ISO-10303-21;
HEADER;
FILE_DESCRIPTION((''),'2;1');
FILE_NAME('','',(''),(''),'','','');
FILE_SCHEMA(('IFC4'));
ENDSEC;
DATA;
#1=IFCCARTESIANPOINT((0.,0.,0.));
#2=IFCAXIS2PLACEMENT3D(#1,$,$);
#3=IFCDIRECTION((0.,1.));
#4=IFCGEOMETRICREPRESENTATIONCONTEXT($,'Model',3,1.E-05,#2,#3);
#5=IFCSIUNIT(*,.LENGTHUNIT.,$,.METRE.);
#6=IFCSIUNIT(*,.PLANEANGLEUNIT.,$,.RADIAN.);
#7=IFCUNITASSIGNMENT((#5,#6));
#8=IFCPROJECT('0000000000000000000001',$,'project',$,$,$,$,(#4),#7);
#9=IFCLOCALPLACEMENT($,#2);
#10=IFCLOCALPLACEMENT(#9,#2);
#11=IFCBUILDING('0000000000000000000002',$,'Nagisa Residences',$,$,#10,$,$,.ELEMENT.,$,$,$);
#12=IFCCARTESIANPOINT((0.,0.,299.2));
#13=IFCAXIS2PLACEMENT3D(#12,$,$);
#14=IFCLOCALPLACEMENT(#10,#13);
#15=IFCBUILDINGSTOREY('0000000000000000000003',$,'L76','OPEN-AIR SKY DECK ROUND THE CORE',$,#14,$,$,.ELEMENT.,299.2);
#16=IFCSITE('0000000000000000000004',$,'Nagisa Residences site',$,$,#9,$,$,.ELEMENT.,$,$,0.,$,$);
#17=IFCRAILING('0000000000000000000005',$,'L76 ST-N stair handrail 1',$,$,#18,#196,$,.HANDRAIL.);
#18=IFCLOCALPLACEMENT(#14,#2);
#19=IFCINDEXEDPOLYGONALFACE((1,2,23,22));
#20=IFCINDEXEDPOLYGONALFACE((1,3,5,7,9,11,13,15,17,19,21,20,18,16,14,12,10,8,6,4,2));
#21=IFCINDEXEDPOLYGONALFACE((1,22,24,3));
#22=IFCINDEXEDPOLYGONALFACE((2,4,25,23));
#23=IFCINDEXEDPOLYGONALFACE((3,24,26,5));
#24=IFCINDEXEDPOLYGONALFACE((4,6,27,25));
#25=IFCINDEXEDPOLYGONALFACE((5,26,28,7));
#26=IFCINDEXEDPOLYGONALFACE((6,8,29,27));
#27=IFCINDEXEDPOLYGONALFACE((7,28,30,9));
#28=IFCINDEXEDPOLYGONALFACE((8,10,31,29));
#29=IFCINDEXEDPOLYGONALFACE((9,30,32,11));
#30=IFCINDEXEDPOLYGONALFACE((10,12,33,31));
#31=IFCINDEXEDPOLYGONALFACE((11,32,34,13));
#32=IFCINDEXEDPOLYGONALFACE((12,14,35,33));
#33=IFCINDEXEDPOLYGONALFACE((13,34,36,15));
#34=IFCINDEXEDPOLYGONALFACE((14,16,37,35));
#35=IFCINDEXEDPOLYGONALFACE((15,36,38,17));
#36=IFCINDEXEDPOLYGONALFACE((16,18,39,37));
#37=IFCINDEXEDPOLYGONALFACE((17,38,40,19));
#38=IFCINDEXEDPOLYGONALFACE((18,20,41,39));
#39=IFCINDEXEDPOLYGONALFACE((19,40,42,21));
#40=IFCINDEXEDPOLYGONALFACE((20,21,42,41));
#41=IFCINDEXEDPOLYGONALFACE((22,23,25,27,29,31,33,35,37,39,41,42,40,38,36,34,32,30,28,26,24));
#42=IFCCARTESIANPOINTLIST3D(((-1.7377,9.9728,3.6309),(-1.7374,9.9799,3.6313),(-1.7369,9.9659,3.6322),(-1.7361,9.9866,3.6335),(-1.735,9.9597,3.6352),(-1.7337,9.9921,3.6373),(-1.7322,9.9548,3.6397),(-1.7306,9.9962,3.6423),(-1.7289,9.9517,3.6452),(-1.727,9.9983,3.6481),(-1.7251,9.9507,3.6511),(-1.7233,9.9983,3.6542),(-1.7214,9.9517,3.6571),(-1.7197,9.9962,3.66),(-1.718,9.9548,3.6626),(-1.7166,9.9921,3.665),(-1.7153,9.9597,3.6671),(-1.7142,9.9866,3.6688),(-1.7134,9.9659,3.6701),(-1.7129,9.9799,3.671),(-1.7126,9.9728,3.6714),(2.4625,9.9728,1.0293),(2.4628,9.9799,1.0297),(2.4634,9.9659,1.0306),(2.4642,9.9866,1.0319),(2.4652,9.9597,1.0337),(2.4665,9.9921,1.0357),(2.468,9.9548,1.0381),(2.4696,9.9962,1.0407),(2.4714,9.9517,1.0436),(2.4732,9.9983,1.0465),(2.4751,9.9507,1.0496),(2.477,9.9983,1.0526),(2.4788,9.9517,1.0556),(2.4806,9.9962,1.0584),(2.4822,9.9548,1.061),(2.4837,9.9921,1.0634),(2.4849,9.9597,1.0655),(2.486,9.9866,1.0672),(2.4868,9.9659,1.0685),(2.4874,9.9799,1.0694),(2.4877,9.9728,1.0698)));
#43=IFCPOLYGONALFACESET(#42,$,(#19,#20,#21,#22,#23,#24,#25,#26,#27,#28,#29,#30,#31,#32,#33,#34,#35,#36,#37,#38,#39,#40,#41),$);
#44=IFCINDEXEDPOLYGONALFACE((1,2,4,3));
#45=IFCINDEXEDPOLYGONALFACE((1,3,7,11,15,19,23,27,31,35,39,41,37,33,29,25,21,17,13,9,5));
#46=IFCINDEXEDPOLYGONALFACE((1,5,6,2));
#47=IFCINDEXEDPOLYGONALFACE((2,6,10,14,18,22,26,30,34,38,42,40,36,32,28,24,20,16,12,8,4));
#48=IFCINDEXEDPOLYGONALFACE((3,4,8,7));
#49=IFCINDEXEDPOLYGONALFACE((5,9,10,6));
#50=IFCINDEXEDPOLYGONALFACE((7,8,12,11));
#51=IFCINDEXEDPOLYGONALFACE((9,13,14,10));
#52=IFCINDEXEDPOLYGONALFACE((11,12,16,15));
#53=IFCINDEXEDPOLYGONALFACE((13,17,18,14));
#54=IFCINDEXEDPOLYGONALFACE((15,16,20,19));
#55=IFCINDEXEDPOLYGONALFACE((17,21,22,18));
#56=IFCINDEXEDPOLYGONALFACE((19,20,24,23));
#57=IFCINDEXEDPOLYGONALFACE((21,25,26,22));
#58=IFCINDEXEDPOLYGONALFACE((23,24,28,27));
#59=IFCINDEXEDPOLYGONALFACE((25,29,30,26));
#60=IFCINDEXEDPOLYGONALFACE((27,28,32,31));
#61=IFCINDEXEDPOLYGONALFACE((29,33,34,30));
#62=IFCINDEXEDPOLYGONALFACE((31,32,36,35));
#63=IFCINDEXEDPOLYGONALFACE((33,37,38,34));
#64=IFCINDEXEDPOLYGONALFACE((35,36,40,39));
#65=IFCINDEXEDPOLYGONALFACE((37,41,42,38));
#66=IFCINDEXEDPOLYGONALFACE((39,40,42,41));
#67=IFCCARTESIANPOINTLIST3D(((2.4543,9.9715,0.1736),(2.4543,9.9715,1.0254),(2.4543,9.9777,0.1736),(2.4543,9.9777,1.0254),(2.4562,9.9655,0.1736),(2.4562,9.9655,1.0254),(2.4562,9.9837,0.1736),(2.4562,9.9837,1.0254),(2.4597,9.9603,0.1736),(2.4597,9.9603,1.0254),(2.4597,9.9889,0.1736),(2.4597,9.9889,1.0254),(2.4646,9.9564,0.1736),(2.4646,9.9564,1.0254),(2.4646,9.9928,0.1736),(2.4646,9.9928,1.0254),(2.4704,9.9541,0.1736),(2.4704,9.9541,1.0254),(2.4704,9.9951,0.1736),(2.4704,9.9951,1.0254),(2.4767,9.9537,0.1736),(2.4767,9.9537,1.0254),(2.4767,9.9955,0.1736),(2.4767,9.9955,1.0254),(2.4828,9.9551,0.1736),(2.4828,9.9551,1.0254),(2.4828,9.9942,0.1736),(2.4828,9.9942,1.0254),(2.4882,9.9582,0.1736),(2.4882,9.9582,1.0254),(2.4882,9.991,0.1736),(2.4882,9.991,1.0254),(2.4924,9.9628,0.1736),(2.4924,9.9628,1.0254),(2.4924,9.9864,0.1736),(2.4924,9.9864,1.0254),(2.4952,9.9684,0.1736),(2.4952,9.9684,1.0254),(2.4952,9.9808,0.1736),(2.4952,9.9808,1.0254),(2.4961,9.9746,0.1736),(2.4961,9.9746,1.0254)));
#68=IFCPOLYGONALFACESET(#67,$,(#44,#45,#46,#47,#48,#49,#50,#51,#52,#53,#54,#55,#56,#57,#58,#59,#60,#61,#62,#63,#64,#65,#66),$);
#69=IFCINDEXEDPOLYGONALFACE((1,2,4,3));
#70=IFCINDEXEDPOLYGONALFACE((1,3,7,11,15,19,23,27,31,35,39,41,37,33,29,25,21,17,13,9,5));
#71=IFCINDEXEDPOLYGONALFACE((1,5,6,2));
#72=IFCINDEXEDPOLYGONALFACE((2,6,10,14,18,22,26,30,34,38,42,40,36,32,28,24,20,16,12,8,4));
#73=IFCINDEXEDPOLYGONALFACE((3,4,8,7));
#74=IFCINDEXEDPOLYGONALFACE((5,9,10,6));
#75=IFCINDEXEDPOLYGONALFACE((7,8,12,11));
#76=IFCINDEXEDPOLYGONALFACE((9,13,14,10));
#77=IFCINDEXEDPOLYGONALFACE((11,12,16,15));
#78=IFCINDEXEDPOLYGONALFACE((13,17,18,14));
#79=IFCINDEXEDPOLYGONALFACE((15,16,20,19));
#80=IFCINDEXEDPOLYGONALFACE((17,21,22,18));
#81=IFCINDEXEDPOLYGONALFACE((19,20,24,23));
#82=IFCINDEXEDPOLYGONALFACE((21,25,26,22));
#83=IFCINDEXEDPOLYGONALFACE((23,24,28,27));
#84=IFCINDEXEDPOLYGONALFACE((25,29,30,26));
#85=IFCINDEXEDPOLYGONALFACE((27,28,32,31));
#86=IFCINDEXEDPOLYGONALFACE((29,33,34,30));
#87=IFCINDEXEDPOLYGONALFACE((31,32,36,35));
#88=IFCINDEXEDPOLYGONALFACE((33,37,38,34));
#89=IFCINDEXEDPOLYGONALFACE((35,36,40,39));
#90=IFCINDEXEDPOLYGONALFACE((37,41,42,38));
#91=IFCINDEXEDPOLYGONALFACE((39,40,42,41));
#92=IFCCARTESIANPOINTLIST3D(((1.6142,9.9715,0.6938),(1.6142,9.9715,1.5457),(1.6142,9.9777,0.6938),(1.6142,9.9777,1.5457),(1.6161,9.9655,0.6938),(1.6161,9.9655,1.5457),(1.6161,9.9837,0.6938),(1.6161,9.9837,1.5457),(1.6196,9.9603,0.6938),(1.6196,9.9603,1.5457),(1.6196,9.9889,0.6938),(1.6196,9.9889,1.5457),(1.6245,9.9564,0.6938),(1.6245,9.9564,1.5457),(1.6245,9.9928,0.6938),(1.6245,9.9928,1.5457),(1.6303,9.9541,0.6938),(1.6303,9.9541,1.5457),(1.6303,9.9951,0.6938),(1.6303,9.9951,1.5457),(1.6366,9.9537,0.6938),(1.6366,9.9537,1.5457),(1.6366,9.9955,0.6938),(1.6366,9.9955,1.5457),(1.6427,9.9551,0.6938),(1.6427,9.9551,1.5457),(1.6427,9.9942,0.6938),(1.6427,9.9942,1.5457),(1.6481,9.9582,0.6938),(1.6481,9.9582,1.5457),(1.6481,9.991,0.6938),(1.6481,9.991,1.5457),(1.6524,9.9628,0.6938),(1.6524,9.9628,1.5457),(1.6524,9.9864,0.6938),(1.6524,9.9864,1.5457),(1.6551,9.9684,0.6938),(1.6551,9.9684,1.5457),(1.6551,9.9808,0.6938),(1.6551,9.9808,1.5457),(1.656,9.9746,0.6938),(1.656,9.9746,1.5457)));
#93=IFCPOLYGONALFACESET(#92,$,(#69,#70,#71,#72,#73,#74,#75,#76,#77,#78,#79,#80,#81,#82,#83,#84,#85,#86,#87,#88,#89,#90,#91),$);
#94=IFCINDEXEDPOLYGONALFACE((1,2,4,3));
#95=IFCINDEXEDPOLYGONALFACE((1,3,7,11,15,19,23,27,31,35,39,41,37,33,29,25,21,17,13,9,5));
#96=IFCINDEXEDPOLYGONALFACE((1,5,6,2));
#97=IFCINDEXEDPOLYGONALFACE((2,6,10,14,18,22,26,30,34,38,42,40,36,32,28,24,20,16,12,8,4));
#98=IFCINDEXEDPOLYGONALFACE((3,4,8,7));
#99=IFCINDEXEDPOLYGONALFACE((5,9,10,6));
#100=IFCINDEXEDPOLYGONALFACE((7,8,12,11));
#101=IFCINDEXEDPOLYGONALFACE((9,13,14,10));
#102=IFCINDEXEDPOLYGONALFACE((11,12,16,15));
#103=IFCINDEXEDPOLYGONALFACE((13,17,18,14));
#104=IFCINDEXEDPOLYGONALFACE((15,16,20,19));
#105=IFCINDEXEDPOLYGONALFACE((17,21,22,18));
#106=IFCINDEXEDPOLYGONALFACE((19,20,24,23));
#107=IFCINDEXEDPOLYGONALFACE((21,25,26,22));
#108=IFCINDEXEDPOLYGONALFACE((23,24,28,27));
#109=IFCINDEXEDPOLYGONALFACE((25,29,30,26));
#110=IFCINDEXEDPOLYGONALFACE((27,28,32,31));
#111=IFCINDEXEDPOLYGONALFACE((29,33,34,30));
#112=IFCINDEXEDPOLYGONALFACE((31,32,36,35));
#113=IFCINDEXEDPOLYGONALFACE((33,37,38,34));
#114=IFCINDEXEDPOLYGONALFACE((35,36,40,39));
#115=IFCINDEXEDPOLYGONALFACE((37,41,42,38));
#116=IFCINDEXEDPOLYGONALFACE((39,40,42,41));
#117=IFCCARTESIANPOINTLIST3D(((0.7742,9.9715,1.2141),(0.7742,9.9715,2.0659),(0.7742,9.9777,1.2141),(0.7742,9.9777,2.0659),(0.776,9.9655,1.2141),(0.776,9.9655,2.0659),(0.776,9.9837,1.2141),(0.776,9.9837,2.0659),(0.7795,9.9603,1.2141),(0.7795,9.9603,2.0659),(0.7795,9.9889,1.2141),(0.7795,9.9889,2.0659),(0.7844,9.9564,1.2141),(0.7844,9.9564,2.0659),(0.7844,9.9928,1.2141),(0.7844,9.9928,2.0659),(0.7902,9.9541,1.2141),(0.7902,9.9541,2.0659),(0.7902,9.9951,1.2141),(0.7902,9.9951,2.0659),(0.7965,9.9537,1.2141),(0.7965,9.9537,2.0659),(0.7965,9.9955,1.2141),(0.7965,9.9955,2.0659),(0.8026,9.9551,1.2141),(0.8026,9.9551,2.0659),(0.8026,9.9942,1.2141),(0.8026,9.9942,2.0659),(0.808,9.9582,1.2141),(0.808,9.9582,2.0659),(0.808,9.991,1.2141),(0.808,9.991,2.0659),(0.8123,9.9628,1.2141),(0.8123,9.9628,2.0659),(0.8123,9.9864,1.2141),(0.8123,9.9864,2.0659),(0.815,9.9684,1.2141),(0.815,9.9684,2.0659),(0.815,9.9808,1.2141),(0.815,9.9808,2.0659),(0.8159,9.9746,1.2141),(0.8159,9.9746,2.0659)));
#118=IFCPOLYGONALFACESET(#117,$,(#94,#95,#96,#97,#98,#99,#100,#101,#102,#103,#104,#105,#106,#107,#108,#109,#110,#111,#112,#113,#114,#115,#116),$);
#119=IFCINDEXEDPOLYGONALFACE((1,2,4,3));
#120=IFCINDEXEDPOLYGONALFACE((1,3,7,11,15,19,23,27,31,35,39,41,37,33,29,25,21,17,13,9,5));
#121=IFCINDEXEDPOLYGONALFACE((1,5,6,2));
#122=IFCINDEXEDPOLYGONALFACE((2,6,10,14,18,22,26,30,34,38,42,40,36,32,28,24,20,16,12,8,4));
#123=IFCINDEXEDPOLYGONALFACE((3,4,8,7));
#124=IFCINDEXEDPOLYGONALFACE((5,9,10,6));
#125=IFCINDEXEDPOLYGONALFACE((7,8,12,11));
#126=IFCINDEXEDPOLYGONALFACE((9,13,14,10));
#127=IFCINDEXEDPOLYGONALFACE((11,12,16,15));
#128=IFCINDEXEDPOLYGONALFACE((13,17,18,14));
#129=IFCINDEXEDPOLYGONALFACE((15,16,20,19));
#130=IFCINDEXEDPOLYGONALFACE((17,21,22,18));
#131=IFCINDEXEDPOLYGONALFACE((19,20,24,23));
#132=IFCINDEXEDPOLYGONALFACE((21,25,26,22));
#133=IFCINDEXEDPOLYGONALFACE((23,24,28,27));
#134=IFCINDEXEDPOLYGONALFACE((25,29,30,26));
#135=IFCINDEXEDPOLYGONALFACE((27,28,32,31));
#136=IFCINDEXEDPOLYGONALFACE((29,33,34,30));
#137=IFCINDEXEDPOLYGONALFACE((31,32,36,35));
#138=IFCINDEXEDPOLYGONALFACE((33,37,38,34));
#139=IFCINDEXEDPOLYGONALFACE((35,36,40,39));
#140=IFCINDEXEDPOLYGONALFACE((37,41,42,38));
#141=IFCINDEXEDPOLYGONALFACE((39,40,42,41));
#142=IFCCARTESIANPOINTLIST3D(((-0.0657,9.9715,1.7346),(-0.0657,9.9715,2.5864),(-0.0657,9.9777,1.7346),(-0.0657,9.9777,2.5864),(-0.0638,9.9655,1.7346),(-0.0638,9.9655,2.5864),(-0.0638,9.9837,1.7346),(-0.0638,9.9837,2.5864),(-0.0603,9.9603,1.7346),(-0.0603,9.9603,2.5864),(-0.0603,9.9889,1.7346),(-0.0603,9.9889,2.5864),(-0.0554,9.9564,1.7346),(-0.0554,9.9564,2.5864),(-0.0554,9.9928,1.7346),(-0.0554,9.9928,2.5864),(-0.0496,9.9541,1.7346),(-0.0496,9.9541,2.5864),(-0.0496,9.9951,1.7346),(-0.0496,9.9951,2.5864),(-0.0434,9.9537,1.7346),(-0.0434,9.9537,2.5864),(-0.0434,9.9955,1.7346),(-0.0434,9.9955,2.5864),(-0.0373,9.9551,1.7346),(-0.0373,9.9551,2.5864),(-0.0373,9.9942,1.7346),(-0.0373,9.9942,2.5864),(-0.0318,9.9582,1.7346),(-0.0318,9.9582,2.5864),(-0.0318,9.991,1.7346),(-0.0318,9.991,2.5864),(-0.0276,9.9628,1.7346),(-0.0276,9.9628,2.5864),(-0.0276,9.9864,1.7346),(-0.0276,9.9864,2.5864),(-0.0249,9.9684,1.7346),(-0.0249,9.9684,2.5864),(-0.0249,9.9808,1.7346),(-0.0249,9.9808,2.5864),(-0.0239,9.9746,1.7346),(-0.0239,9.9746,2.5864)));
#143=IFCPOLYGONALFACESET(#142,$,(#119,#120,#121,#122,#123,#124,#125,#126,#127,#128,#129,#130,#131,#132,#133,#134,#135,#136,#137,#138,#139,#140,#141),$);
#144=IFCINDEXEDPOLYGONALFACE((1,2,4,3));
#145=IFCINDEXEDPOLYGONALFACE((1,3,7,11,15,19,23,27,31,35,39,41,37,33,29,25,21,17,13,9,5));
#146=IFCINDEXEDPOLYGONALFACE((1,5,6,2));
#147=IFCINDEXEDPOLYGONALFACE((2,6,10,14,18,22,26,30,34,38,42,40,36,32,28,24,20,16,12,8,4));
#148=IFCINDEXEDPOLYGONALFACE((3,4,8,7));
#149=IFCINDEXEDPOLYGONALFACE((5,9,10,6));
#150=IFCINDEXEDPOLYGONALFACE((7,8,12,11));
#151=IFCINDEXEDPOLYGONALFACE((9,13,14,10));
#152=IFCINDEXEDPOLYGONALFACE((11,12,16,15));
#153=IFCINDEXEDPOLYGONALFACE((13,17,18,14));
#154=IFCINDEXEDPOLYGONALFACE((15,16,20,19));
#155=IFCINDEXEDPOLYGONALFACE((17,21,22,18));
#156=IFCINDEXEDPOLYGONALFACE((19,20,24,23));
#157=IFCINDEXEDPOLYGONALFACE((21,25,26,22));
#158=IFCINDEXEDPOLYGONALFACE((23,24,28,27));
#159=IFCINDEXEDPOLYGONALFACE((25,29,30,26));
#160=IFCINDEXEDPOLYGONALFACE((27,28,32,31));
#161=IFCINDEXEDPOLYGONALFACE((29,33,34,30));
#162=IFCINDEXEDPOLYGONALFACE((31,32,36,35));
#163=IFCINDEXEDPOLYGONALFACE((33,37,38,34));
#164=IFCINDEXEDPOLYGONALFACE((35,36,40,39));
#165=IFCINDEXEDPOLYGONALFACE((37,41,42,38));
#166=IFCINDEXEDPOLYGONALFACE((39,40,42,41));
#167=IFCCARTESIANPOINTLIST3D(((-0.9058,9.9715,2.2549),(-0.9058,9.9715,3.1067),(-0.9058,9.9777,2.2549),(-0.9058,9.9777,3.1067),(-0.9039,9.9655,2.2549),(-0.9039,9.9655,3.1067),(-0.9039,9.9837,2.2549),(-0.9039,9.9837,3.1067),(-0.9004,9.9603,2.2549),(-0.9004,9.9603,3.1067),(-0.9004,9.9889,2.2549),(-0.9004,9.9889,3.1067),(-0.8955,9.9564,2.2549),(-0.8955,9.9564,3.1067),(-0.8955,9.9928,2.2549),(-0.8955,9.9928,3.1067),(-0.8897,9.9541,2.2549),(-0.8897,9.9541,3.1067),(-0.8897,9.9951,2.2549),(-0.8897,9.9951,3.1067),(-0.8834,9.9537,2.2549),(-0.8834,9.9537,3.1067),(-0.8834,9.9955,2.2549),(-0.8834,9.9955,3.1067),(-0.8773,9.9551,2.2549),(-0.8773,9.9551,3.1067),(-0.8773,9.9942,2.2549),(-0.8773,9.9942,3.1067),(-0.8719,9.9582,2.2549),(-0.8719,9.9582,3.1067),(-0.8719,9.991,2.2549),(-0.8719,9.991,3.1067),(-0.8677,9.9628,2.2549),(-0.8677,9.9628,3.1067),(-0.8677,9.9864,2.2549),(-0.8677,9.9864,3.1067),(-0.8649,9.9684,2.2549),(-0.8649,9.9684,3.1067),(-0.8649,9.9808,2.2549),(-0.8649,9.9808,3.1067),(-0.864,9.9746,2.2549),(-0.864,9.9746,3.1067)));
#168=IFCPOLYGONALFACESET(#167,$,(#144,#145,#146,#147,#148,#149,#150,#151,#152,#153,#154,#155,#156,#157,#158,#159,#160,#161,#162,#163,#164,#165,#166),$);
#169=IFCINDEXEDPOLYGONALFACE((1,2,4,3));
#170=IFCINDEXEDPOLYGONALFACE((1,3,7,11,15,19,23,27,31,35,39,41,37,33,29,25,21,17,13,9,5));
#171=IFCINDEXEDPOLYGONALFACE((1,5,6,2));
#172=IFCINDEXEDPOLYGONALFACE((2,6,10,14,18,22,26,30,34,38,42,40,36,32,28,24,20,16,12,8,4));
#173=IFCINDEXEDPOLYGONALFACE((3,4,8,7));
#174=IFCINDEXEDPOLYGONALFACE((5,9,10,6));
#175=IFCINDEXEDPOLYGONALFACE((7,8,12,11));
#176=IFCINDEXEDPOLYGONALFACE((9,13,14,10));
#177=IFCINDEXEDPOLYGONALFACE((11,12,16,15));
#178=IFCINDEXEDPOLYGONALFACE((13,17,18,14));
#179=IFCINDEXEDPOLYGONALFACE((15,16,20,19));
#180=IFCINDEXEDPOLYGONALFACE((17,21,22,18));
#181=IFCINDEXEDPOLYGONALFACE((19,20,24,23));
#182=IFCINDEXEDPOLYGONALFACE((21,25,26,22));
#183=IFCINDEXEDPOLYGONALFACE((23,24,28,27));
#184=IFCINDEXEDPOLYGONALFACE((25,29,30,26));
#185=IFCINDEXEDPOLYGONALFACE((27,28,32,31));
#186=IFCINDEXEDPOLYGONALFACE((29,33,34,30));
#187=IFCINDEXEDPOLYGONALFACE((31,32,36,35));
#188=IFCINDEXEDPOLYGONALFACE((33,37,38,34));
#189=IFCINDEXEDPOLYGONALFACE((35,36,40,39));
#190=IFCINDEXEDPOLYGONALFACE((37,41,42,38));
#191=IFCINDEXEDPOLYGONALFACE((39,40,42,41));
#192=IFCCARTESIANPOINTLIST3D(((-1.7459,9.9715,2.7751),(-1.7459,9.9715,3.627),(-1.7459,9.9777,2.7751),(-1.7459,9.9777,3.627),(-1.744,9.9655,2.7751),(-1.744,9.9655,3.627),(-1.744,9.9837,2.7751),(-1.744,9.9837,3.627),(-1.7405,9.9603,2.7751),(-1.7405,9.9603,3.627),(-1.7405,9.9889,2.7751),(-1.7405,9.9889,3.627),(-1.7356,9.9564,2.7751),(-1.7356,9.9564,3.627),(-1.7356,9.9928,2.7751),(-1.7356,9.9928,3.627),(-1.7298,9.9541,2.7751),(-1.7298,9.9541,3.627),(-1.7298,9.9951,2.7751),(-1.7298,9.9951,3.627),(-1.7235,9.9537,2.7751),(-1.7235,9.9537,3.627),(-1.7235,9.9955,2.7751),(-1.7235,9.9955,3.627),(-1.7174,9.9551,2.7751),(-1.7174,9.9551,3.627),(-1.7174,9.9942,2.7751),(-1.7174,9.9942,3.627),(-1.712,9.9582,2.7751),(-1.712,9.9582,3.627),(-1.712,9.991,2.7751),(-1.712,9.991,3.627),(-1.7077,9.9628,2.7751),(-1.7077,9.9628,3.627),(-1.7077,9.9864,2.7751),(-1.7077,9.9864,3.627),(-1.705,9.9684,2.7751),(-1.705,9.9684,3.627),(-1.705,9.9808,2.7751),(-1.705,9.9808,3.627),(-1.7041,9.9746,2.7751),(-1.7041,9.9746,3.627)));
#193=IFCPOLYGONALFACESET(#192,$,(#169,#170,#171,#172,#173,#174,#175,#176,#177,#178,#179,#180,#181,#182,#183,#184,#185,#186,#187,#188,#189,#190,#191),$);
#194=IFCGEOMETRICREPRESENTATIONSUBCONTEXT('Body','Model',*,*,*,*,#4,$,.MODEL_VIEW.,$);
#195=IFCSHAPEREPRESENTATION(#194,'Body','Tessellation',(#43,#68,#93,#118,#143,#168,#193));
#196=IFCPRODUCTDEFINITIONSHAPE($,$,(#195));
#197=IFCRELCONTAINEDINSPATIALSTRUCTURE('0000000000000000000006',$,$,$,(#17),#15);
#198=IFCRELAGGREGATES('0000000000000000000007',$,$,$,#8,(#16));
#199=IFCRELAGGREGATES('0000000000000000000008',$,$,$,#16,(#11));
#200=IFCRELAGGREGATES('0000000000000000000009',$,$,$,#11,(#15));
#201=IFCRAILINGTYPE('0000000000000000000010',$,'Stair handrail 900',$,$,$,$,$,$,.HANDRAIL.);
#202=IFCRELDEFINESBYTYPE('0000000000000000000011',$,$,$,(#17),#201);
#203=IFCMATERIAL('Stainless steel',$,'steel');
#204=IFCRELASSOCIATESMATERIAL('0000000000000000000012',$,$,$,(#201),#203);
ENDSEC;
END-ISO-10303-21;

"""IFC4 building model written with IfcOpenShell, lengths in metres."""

from ifc_helpers import new_model, si_unit, direction, frame, origin, origin_2d, place, context, subcontext, project, spatial, circle, extrude, material, type_object, element, save


model = new_model("IFC4")

# Units and contexts
model_context = context("Model", 3, precision=1e-05, world=origin(), true_north=direction((0.0, 1.0)))
body_context = subcontext(model_context, "Body", "Model", "MODEL_VIEW")
ifc_project = project(units=[si_unit("LENGTHUNIT", "METRE"), si_unit("PLANEANGLEUNIT", "RADIAN")], contexts=[model_context])

# Site, building, storey
site_placement = place(None, origin())
site = spatial("IfcSite", under=ifc_project, at=site_placement, Name="Nagisa Residences site", CompositionType="ELEMENT", RefElevation=0.0)
building_placement = place(site_placement, origin())
building = spatial("IfcBuilding", under=site, at=building_placement, Name="Nagisa Residences", CompositionType="ELEMENT")
storey_placement = place(building_placement, frame((0.0, 0.0, 299.2)))
storey = spatial("IfcBuildingStorey", under=building, at=storey_placement, Name="L76", Description="OPEN-AIR SKY DECK ROUND THE CORE", CompositionType="ELEMENT", Elevation=299.2)

# Railing
ifc_material_1 = material(Name="Stainless steel", Category="steel")
railing_type_1 = type_object("IfcRailingType", Name="Stair handrail 900", PredefinedType="HANDRAIL", material=ifc_material_1)
for number, where, name in (
    (1, (2.4751, 9.9746, 0.1736), "L76 ST-N stair handrail 1"),
):
    element("IfcRailing", number, at=place(storey_placement, frame(where)), inside=storey, type_object=railing_type_1, Name=name, PredefinedType="HANDRAIL", context=body_context, shape_type="SweptSolid", body=[
        extrude(circle(Radius=0.0239, at=origin_2d()), frame((0.0, 0.0, 0.876), z_axis=(-0.850135, 0.0, 0.526566), x_axis=(0.0, -1.0, 0.0)), (0.0, 0.0, 1.0), 4.9407),
        extrude(circle(Radius=0.021, at=origin_2d()), origin(), (0.0, 0.0, 1.0), 0.8518),
        extrude(circle(Radius=0.021, at=origin_2d()), frame((-0.8401, 0.0, 0.5203)), (0.0, 0.0, 1.0), 0.8518),
        extrude(circle(Radius=0.021, at=origin_2d()), frame((-1.6802, 0.0, 1.0405)), (0.0, 0.0, 1.0), 0.8518),
        extrude(circle(Radius=0.021, at=origin_2d()), frame((-2.52, 0.0, 1.561)), (0.0, 0.0, 1.0), 0.8518),
        extrude(circle(Radius=0.021, at=origin_2d()), frame((-3.3601, 0.0, 2.0813)), (0.0, 0.0, 1.0), 0.8518),
        extrude(circle(Radius=0.021, at=origin_2d()), frame((-4.2002, 0.0, 2.6016)), (0.0, 0.0, 1.0), 0.8518),
    ])

save(model, "model.ifc")
